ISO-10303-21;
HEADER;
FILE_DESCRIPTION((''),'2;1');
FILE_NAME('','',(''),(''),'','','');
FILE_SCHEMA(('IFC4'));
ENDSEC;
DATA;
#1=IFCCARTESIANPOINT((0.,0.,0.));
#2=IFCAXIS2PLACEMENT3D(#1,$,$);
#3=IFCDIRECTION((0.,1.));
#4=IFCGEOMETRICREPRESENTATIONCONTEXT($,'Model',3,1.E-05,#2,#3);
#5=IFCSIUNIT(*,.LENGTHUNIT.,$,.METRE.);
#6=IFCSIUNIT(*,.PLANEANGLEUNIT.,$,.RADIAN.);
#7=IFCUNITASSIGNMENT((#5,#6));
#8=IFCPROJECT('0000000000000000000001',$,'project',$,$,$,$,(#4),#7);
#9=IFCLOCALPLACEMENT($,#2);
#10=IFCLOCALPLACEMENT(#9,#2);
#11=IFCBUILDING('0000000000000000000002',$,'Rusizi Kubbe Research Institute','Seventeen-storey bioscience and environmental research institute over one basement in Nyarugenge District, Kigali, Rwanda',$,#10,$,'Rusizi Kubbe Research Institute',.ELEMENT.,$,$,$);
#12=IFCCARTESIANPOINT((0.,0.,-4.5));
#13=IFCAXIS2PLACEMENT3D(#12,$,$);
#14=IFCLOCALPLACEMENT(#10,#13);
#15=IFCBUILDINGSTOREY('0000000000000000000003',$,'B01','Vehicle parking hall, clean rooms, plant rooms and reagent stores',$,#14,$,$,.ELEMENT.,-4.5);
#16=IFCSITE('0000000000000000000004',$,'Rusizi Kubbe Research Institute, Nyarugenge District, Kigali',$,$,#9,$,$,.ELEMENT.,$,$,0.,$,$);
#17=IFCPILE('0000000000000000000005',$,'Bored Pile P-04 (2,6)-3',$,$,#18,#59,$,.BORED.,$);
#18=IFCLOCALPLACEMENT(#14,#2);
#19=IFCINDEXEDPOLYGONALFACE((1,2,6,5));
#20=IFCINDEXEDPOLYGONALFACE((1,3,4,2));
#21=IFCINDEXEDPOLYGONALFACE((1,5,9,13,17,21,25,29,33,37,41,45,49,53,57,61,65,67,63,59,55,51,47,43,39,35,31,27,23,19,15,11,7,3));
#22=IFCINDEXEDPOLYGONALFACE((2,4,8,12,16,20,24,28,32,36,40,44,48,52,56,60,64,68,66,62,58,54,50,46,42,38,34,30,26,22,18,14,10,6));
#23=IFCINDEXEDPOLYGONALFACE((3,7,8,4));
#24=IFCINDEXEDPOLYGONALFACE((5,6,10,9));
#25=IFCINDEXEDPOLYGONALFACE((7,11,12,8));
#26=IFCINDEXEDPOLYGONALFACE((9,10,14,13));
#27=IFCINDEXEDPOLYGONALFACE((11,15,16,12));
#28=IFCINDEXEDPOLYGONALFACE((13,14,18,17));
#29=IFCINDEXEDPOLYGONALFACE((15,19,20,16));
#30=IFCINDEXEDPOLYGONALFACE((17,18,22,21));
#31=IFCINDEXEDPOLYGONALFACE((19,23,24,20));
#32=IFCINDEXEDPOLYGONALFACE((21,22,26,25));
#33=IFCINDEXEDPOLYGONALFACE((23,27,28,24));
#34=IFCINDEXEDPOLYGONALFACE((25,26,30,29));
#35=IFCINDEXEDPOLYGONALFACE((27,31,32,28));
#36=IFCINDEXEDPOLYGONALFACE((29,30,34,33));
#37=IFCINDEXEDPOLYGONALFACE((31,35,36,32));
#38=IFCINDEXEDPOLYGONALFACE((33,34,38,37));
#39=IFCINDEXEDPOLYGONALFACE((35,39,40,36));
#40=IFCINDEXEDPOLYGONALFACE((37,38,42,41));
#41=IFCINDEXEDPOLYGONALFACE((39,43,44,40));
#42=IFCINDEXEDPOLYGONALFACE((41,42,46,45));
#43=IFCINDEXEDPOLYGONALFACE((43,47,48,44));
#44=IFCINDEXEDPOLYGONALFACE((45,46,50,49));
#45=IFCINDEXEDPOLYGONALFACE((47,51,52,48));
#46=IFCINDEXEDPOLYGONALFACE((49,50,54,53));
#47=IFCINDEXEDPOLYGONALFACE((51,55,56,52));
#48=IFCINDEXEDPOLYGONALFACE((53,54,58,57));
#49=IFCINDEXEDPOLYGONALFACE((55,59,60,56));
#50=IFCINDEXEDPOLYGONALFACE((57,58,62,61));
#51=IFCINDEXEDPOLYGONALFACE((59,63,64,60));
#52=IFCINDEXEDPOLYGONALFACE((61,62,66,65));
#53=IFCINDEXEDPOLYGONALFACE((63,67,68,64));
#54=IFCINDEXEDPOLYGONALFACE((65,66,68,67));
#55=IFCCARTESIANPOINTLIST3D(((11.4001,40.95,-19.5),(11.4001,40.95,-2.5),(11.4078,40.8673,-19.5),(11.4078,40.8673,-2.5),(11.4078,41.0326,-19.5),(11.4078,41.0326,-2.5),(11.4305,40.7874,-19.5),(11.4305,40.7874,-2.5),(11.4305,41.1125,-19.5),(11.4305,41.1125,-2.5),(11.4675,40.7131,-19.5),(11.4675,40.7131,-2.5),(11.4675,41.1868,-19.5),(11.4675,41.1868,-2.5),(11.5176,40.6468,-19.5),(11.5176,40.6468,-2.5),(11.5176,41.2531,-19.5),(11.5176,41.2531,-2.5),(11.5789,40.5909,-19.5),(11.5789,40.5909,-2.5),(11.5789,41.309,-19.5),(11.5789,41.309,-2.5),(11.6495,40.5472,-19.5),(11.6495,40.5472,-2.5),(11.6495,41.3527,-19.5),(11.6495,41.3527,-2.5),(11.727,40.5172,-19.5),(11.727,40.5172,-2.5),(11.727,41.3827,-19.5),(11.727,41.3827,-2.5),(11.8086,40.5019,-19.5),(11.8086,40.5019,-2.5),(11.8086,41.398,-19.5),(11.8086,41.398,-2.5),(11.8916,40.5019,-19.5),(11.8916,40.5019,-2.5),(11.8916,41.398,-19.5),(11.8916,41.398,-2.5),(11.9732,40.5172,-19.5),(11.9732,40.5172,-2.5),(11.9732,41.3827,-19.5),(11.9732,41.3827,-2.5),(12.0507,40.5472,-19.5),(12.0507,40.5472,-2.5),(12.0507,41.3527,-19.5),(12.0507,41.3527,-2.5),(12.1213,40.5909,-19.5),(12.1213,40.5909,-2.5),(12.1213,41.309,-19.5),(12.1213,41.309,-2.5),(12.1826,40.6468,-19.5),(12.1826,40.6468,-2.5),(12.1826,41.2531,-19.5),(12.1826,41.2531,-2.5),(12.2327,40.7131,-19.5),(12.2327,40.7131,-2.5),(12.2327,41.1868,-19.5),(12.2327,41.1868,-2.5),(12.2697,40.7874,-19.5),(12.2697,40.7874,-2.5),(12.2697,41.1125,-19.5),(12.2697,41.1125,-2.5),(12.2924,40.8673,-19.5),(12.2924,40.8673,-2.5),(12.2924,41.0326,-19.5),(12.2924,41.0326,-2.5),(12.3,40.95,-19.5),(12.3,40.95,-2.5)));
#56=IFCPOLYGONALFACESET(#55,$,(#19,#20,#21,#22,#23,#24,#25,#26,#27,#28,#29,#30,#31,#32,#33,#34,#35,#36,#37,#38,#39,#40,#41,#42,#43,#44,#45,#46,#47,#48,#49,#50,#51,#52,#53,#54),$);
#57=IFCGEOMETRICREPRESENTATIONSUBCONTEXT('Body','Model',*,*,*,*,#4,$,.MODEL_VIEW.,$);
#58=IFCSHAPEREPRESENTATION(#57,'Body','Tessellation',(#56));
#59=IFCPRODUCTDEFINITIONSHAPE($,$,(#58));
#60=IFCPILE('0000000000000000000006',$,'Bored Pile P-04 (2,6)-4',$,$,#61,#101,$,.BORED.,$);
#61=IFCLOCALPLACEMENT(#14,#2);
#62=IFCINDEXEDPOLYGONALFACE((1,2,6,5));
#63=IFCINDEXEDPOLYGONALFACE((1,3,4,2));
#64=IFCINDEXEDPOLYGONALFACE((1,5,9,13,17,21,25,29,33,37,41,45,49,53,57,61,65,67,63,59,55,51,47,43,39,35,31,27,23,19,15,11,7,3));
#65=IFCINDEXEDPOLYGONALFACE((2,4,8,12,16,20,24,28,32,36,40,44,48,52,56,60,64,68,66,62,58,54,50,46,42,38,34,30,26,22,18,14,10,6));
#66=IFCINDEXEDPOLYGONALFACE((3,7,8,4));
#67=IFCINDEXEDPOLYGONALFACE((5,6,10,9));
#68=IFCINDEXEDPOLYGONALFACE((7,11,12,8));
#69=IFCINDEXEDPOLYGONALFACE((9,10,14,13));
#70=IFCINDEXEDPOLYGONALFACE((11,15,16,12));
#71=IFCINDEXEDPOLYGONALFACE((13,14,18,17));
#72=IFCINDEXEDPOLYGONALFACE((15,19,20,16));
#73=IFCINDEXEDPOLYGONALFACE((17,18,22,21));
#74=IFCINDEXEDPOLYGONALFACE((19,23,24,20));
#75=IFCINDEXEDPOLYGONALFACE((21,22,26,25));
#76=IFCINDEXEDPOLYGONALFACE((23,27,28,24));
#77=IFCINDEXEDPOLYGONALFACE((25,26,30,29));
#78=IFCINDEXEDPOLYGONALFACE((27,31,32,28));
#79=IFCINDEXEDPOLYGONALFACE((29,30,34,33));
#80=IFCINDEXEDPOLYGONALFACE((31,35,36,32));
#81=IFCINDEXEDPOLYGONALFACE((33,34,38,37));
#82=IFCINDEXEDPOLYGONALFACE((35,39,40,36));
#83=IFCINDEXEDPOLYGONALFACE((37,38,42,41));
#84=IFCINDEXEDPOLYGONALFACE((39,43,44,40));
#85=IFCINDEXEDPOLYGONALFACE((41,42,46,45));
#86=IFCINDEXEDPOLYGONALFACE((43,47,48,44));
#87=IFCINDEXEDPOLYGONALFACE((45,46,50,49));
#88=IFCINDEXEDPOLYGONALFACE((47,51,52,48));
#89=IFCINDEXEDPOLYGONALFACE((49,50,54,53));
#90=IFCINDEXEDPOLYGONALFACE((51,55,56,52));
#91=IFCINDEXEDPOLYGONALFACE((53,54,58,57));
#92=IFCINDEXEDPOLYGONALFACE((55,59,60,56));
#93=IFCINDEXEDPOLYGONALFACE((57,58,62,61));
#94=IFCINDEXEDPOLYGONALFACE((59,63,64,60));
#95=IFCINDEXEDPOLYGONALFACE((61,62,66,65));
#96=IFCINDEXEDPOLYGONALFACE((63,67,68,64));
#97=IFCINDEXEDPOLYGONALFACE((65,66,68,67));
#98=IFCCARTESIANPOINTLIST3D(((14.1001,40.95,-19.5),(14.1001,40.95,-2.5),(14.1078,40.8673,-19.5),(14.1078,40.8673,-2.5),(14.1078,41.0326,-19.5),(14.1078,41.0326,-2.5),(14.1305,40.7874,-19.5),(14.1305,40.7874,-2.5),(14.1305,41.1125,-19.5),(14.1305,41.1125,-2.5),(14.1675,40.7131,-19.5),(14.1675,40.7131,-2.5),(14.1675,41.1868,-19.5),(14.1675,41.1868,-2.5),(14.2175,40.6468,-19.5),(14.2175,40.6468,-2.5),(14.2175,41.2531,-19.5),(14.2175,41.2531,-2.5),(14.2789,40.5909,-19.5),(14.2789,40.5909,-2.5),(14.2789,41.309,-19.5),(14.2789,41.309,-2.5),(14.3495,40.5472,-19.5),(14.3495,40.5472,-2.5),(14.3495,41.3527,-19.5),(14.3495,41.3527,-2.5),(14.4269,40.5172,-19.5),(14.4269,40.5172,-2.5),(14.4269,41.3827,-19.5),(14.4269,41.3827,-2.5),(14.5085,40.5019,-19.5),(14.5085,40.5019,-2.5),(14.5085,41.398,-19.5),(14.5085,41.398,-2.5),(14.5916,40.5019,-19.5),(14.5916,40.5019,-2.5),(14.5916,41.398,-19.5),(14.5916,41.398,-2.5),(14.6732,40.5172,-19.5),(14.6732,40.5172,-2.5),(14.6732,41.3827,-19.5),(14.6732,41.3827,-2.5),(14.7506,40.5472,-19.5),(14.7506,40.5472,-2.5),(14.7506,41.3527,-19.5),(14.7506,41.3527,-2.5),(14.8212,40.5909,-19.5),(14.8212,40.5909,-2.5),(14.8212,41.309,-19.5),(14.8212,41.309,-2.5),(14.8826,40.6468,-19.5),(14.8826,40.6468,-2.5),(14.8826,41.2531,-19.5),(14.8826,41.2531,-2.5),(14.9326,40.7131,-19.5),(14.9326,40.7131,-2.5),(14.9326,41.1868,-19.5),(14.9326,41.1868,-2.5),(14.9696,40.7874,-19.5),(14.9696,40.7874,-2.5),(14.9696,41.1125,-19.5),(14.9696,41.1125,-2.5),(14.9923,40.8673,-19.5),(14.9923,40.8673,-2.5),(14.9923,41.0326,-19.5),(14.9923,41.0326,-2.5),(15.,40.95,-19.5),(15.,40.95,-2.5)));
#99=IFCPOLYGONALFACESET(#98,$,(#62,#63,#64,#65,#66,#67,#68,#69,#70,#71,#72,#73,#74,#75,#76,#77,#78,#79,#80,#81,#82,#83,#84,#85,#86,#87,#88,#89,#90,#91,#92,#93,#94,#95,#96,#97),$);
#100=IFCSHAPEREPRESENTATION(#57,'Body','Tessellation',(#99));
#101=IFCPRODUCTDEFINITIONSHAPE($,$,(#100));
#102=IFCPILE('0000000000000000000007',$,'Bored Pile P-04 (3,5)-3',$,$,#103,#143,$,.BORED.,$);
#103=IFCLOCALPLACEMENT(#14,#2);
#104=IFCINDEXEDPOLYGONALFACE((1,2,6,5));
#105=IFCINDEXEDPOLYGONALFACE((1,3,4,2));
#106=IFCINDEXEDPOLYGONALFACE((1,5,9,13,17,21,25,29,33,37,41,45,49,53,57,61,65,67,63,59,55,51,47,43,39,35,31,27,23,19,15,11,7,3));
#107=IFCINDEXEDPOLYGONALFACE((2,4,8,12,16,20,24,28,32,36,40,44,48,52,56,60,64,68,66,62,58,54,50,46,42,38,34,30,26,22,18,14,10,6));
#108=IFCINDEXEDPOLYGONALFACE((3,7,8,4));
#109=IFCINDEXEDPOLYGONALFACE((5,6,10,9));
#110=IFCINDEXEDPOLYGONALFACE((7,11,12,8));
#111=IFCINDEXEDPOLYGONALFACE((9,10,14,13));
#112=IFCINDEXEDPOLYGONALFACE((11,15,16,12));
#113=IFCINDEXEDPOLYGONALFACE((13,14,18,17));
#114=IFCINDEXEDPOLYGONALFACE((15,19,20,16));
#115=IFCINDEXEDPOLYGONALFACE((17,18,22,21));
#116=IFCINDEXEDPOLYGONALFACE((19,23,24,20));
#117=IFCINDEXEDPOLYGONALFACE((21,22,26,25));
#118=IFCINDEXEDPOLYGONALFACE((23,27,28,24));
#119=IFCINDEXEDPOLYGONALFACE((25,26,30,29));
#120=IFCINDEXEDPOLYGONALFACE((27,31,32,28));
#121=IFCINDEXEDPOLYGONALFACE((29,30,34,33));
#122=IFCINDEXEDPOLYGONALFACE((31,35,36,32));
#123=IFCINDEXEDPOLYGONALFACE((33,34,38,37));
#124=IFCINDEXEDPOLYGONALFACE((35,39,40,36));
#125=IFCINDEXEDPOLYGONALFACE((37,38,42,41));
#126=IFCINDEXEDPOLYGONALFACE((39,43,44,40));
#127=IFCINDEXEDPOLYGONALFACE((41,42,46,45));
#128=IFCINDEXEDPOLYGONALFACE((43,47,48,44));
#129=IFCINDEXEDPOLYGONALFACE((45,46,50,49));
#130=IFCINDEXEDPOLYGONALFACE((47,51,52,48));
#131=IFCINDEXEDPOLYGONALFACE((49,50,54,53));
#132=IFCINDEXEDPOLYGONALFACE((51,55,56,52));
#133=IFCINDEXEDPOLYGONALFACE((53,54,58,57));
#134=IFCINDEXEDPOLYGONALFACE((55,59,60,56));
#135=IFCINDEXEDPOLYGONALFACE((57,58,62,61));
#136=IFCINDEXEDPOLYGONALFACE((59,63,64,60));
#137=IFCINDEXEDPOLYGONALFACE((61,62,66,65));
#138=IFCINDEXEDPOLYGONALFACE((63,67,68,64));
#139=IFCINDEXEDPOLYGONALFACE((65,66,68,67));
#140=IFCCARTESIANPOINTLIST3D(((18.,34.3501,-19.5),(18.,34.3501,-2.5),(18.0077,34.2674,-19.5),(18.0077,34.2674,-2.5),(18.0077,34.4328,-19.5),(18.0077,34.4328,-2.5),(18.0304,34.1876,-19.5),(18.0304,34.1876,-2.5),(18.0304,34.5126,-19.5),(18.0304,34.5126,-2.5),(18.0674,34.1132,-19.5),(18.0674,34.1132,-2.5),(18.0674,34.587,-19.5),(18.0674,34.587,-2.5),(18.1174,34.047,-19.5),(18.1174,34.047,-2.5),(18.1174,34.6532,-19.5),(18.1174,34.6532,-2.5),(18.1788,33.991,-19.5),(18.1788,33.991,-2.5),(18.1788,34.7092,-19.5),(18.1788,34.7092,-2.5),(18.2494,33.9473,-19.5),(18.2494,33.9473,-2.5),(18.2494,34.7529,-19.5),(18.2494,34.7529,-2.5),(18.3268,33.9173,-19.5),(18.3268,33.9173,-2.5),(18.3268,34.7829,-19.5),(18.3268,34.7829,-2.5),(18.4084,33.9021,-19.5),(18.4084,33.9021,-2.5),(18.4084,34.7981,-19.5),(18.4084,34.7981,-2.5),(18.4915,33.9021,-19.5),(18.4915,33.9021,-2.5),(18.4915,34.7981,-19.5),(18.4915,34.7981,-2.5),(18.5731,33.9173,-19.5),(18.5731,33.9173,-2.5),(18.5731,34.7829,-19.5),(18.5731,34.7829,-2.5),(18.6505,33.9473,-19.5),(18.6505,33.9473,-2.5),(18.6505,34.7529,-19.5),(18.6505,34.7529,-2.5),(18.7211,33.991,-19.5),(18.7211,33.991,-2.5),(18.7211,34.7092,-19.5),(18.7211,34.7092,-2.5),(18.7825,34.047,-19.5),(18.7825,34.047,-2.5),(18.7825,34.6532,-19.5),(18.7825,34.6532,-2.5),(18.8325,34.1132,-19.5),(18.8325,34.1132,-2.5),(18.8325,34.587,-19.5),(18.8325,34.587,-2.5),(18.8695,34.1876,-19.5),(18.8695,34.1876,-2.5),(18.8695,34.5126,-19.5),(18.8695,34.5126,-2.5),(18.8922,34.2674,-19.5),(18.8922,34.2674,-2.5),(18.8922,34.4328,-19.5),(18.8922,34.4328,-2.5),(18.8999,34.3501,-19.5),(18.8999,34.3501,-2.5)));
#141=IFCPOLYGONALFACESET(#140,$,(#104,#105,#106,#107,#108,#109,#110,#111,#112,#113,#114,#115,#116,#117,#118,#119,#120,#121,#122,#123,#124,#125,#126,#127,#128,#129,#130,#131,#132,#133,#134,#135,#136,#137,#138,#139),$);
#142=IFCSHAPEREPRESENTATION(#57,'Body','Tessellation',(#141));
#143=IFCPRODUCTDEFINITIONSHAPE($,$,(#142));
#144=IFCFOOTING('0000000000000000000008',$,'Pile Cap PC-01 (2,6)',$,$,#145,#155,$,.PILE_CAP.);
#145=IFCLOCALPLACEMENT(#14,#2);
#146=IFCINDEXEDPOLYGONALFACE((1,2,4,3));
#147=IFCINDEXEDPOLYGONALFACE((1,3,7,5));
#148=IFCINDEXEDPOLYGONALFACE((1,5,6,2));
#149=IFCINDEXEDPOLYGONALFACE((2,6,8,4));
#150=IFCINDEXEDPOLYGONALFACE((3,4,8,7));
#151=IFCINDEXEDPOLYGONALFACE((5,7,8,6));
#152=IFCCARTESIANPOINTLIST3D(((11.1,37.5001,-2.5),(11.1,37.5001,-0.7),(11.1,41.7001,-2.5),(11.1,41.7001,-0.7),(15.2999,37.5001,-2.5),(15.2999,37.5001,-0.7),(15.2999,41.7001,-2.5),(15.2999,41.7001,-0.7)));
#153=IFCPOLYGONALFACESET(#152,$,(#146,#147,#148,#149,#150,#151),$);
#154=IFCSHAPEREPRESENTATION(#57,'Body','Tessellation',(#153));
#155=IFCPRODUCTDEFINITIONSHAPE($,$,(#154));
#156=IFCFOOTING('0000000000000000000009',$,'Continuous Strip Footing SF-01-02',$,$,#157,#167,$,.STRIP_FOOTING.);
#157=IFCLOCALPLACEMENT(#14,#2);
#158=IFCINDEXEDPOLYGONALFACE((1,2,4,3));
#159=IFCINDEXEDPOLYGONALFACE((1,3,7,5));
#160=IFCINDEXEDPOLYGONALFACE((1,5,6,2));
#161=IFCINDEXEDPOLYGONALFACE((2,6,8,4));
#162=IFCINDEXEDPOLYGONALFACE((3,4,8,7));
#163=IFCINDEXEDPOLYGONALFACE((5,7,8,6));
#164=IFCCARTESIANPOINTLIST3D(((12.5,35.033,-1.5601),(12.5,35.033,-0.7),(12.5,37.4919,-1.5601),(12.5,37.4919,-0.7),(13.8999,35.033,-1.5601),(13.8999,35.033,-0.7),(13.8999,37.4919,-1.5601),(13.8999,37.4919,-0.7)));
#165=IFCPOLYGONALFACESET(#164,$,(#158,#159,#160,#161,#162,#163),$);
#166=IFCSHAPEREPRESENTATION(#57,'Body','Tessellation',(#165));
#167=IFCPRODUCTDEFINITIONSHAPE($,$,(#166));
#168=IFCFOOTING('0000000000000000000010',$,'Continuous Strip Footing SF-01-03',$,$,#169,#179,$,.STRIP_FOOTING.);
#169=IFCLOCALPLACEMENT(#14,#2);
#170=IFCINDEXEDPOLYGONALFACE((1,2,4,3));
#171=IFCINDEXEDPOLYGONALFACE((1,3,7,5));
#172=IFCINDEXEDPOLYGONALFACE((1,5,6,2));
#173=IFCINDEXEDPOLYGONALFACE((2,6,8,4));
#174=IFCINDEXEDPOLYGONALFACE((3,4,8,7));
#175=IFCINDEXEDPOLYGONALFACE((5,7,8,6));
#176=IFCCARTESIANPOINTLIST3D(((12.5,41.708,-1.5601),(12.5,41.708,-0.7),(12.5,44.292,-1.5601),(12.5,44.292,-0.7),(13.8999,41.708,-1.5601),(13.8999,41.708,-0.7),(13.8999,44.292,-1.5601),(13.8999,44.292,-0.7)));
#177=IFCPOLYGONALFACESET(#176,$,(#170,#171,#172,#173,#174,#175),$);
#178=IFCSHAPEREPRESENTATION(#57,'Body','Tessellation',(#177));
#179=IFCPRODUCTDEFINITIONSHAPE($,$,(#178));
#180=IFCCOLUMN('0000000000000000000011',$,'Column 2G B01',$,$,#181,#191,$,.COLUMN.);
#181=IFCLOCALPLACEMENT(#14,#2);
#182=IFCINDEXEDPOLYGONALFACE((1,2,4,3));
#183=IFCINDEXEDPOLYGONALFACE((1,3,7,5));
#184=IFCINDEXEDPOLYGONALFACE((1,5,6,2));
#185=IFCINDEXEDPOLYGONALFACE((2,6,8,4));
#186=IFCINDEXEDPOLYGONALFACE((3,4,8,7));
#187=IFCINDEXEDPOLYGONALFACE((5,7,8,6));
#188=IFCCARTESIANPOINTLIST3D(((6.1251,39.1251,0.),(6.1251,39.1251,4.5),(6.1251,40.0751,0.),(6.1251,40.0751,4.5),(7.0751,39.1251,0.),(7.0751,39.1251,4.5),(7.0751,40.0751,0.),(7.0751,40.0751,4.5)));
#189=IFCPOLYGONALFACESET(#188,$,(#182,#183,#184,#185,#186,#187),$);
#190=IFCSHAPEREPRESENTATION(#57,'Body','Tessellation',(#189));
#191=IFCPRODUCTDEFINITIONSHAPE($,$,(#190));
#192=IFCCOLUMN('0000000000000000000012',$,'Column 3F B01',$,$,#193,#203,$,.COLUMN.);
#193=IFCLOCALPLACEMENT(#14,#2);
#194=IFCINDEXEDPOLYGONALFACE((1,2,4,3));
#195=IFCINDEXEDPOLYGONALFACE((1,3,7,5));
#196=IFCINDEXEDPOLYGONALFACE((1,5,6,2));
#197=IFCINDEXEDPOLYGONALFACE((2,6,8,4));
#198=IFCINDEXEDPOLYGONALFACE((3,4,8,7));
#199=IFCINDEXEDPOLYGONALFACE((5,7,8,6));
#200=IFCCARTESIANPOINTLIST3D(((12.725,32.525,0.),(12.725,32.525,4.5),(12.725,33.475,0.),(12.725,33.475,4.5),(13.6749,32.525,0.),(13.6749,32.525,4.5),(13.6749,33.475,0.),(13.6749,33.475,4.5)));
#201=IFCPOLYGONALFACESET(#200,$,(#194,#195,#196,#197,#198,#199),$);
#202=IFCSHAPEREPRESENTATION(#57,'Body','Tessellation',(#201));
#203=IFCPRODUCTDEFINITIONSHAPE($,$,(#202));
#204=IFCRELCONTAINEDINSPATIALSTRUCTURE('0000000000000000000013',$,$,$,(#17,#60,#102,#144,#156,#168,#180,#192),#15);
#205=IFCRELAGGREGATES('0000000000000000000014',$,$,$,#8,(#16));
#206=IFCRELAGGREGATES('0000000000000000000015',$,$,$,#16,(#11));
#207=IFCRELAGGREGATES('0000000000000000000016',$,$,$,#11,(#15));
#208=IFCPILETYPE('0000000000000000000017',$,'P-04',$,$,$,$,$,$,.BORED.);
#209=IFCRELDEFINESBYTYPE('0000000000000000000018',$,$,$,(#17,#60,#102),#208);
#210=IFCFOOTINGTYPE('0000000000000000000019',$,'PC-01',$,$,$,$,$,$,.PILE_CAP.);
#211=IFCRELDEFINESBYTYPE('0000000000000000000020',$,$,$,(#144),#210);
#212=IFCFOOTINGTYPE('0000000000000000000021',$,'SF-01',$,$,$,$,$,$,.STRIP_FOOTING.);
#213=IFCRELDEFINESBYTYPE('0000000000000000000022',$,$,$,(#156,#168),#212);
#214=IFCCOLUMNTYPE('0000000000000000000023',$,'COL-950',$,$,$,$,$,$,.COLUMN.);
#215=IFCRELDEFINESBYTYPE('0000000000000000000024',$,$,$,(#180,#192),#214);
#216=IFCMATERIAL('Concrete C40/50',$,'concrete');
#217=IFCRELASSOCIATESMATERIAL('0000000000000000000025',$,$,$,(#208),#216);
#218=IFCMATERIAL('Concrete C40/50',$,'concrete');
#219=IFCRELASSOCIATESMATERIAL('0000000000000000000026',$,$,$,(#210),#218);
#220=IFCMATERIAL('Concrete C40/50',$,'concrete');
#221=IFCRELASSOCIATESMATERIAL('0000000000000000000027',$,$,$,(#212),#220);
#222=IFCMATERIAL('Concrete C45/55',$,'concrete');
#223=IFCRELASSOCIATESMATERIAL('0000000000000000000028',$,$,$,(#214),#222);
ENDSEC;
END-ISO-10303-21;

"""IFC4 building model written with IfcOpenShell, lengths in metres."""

from ifc_helpers import new_model, si_unit, direction, frame, origin, origin_2d, place, context, subcontext, project, spatial, rectangle, circle, extrude, material, material_profile, profile_set, type_object, element, save


model = new_model("IFC4")

# Units and contexts
model_context = context("Model", 3, precision=1e-05, world=origin(), true_north=direction((0.0, 1.0)))
body_context = subcontext(model_context, "Body", "Model", "MODEL_VIEW")
ifc_project = project(units=[si_unit("LENGTHUNIT", "METRE"), si_unit("PLANEANGLEUNIT", "RADIAN")], contexts=[model_context])

# Site, building, storey
site_placement = place(None, origin())
site = spatial("IfcSite", under=ifc_project, at=site_placement, Name="Rusizi Kubbe Research Institute, Nyarugenge District, Kigali", CompositionType="ELEMENT", RefElevation=0.0)
building_placement = place(site_placement, origin())
building = spatial("IfcBuilding", under=site, at=building_placement, Name="Rusizi Kubbe Research Institute", Description="Seventeen-storey bioscience and environmental research institute over one basement in Nyarugenge District, Kigali, Rwanda", LongName="Rusizi Kubbe Research Institute", CompositionType="ELEMENT")
storey_placement = place(building_placement, frame((0.0, 0.0, -4.5)))
storey = spatial("IfcBuildingStorey", under=building, at=storey_placement, Name="B01", Description="Vehicle parking hall, clean rooms, plant rooms and reagent stores", CompositionType="ELEMENT", Elevation=-4.5)

# Piles
ifc_material_1 = material(Name="Concrete C40/50", Category="concrete")
ifc_material_profile_1 = material_profile(ifc_material_1, circle(Radius=0.45, at=origin_2d()), Name="PILE-D900")
ifc_profile_set_1 = profile_set([ifc_material_profile_1], Name="Concrete C40/50")
pile_type_1 = type_object("IfcPileType", Name="P-04", PredefinedType="BORED", material=ifc_profile_set_1)
for number, where, z_axis, x_axis, name in (
    (1, (11.8501, 40.95, -2.5), (0.0, 0.0, -1.0), (1.0, 0.0, 0.0), "Bored Pile P-04 (2,6)-3"),
    (2, (14.55, 40.95, -2.5), (0.0, 0.0, -1.0), (1.0, 0.0, 0.0), "Bored Pile P-04 (2,6)-4"),
    (3, (18.45, 34.3501, -2.5), (0.0, 0.0, -1.0), (1.0, 0.0, 0.0), "Bored Pile P-04 (3,5)-3"),
):
    element("IfcPile", number, at=place(storey_placement, frame(where, z_axis=z_axis, x_axis=x_axis)), inside=storey, type_object=pile_type_1, Name=name, PredefinedType="BORED", context=body_context, shape_type="SweptSolid", body=[
        extrude(circle(Radius=0.45, at=origin_2d()), origin(), (0.0, 0.0, 1.0), 17.0),
    ])

# Footings
ifc_material_2 = material(Name="Concrete C40/50", Category="concrete")
footing_type_1 = type_object("IfcFootingType", Name="PC-01", PredefinedType="PILE_CAP", material=ifc_material_2)
footing_1_placement = place(storey_placement, frame((13.2, 39.6001, -2.5), z_axis=(0.0, 0.0, 1.0), x_axis=(1.0, 0.0, 0.0)))
element("IfcFooting", 4, at=footing_1_placement, inside=storey, type_object=footing_type_1, Name="Pile Cap PC-01 (2,6)", PredefinedType="PILE_CAP", context=body_context, shape_type="SweptSolid", body=[
    extrude(rectangle(XDim=4.2, YDim=4.2, at=origin_2d()), origin(), (0.0, 0.0, 1.0), 1.8),
])
ifc_material_3 = material(Name="Concrete C40/50", Category="concrete")
footing_type_2 = type_object("IfcFootingType", Name="SF-01", PredefinedType="STRIP_FOOTING", material=ifc_material_3)
footing_2_placement = place(storey_placement, frame((13.2, 36.2625, -1.5601), z_axis=(0.0, 0.0, 1.0), x_axis=(0.0, 1.0, 0.0)))
element("IfcFooting", 5, at=footing_2_placement, inside=storey, type_object=footing_type_2, Name="Continuous Strip Footing SF-01-02", PredefinedType="STRIP_FOOTING", context=body_context, shape_type="SweptSolid", body=[
    extrude(rectangle(XDim=2.459, YDim=1.3999, at=origin_2d()), origin(), (0.0, 0.0, 1.0), 0.8601),
])
footing_3_placement = place(storey_placement, frame((13.2, 43.0, -1.5601), z_axis=(0.0, 0.0, 1.0), x_axis=(0.0, 1.0, 0.0)))
element("IfcFooting", 6, at=footing_3_placement, inside=storey, type_object=footing_type_2, Name="Continuous Strip Footing SF-01-03", PredefinedType="STRIP_FOOTING", context=body_context, shape_type="SweptSolid", body=[
    extrude(rectangle(XDim=2.584, YDim=1.3999, at=origin_2d()), origin(), (0.0, 0.0, 1.0), 0.8601),
])

# Columns
ifc_material_4 = material(Name="Concrete C45/55", Category="concrete")
ifc_material_profile_2 = material_profile(ifc_material_4, rectangle(XDim=0.95, YDim=0.95, at=origin_2d()), Name="RC950x950")
ifc_profile_set_2 = profile_set([ifc_material_profile_2], Name="Concrete C45/55")
column_type = type_object("IfcColumnType", Name="COL-950", PredefinedType="COLUMN", material=ifc_profile_set_2)
for number, where, z_axis, x_axis, name in (
    (7, (6.6001, 39.6001, 0.0), (0.0, 0.0, 1.0), (1.0, 0.0, 0.0), "Column 2G B01"),
    (8, (13.2, 33.0, 0.0), (0.0, 0.0, 1.0), (1.0, 0.0, 0.0), "Column 3F B01"),
):
    element("IfcColumn", number, at=place(storey_placement, frame(where, z_axis=z_axis, x_axis=x_axis)), inside=storey, type_object=column_type, Name=name, PredefinedType="COLUMN", context=body_context, shape_type="SweptSolid", body=[
        extrude(rectangle(XDim=0.95, YDim=0.95, at=origin_2d()), origin(), (0.0, 0.0, 1.0), 4.5),
    ])

save(model, "model.ifc")
